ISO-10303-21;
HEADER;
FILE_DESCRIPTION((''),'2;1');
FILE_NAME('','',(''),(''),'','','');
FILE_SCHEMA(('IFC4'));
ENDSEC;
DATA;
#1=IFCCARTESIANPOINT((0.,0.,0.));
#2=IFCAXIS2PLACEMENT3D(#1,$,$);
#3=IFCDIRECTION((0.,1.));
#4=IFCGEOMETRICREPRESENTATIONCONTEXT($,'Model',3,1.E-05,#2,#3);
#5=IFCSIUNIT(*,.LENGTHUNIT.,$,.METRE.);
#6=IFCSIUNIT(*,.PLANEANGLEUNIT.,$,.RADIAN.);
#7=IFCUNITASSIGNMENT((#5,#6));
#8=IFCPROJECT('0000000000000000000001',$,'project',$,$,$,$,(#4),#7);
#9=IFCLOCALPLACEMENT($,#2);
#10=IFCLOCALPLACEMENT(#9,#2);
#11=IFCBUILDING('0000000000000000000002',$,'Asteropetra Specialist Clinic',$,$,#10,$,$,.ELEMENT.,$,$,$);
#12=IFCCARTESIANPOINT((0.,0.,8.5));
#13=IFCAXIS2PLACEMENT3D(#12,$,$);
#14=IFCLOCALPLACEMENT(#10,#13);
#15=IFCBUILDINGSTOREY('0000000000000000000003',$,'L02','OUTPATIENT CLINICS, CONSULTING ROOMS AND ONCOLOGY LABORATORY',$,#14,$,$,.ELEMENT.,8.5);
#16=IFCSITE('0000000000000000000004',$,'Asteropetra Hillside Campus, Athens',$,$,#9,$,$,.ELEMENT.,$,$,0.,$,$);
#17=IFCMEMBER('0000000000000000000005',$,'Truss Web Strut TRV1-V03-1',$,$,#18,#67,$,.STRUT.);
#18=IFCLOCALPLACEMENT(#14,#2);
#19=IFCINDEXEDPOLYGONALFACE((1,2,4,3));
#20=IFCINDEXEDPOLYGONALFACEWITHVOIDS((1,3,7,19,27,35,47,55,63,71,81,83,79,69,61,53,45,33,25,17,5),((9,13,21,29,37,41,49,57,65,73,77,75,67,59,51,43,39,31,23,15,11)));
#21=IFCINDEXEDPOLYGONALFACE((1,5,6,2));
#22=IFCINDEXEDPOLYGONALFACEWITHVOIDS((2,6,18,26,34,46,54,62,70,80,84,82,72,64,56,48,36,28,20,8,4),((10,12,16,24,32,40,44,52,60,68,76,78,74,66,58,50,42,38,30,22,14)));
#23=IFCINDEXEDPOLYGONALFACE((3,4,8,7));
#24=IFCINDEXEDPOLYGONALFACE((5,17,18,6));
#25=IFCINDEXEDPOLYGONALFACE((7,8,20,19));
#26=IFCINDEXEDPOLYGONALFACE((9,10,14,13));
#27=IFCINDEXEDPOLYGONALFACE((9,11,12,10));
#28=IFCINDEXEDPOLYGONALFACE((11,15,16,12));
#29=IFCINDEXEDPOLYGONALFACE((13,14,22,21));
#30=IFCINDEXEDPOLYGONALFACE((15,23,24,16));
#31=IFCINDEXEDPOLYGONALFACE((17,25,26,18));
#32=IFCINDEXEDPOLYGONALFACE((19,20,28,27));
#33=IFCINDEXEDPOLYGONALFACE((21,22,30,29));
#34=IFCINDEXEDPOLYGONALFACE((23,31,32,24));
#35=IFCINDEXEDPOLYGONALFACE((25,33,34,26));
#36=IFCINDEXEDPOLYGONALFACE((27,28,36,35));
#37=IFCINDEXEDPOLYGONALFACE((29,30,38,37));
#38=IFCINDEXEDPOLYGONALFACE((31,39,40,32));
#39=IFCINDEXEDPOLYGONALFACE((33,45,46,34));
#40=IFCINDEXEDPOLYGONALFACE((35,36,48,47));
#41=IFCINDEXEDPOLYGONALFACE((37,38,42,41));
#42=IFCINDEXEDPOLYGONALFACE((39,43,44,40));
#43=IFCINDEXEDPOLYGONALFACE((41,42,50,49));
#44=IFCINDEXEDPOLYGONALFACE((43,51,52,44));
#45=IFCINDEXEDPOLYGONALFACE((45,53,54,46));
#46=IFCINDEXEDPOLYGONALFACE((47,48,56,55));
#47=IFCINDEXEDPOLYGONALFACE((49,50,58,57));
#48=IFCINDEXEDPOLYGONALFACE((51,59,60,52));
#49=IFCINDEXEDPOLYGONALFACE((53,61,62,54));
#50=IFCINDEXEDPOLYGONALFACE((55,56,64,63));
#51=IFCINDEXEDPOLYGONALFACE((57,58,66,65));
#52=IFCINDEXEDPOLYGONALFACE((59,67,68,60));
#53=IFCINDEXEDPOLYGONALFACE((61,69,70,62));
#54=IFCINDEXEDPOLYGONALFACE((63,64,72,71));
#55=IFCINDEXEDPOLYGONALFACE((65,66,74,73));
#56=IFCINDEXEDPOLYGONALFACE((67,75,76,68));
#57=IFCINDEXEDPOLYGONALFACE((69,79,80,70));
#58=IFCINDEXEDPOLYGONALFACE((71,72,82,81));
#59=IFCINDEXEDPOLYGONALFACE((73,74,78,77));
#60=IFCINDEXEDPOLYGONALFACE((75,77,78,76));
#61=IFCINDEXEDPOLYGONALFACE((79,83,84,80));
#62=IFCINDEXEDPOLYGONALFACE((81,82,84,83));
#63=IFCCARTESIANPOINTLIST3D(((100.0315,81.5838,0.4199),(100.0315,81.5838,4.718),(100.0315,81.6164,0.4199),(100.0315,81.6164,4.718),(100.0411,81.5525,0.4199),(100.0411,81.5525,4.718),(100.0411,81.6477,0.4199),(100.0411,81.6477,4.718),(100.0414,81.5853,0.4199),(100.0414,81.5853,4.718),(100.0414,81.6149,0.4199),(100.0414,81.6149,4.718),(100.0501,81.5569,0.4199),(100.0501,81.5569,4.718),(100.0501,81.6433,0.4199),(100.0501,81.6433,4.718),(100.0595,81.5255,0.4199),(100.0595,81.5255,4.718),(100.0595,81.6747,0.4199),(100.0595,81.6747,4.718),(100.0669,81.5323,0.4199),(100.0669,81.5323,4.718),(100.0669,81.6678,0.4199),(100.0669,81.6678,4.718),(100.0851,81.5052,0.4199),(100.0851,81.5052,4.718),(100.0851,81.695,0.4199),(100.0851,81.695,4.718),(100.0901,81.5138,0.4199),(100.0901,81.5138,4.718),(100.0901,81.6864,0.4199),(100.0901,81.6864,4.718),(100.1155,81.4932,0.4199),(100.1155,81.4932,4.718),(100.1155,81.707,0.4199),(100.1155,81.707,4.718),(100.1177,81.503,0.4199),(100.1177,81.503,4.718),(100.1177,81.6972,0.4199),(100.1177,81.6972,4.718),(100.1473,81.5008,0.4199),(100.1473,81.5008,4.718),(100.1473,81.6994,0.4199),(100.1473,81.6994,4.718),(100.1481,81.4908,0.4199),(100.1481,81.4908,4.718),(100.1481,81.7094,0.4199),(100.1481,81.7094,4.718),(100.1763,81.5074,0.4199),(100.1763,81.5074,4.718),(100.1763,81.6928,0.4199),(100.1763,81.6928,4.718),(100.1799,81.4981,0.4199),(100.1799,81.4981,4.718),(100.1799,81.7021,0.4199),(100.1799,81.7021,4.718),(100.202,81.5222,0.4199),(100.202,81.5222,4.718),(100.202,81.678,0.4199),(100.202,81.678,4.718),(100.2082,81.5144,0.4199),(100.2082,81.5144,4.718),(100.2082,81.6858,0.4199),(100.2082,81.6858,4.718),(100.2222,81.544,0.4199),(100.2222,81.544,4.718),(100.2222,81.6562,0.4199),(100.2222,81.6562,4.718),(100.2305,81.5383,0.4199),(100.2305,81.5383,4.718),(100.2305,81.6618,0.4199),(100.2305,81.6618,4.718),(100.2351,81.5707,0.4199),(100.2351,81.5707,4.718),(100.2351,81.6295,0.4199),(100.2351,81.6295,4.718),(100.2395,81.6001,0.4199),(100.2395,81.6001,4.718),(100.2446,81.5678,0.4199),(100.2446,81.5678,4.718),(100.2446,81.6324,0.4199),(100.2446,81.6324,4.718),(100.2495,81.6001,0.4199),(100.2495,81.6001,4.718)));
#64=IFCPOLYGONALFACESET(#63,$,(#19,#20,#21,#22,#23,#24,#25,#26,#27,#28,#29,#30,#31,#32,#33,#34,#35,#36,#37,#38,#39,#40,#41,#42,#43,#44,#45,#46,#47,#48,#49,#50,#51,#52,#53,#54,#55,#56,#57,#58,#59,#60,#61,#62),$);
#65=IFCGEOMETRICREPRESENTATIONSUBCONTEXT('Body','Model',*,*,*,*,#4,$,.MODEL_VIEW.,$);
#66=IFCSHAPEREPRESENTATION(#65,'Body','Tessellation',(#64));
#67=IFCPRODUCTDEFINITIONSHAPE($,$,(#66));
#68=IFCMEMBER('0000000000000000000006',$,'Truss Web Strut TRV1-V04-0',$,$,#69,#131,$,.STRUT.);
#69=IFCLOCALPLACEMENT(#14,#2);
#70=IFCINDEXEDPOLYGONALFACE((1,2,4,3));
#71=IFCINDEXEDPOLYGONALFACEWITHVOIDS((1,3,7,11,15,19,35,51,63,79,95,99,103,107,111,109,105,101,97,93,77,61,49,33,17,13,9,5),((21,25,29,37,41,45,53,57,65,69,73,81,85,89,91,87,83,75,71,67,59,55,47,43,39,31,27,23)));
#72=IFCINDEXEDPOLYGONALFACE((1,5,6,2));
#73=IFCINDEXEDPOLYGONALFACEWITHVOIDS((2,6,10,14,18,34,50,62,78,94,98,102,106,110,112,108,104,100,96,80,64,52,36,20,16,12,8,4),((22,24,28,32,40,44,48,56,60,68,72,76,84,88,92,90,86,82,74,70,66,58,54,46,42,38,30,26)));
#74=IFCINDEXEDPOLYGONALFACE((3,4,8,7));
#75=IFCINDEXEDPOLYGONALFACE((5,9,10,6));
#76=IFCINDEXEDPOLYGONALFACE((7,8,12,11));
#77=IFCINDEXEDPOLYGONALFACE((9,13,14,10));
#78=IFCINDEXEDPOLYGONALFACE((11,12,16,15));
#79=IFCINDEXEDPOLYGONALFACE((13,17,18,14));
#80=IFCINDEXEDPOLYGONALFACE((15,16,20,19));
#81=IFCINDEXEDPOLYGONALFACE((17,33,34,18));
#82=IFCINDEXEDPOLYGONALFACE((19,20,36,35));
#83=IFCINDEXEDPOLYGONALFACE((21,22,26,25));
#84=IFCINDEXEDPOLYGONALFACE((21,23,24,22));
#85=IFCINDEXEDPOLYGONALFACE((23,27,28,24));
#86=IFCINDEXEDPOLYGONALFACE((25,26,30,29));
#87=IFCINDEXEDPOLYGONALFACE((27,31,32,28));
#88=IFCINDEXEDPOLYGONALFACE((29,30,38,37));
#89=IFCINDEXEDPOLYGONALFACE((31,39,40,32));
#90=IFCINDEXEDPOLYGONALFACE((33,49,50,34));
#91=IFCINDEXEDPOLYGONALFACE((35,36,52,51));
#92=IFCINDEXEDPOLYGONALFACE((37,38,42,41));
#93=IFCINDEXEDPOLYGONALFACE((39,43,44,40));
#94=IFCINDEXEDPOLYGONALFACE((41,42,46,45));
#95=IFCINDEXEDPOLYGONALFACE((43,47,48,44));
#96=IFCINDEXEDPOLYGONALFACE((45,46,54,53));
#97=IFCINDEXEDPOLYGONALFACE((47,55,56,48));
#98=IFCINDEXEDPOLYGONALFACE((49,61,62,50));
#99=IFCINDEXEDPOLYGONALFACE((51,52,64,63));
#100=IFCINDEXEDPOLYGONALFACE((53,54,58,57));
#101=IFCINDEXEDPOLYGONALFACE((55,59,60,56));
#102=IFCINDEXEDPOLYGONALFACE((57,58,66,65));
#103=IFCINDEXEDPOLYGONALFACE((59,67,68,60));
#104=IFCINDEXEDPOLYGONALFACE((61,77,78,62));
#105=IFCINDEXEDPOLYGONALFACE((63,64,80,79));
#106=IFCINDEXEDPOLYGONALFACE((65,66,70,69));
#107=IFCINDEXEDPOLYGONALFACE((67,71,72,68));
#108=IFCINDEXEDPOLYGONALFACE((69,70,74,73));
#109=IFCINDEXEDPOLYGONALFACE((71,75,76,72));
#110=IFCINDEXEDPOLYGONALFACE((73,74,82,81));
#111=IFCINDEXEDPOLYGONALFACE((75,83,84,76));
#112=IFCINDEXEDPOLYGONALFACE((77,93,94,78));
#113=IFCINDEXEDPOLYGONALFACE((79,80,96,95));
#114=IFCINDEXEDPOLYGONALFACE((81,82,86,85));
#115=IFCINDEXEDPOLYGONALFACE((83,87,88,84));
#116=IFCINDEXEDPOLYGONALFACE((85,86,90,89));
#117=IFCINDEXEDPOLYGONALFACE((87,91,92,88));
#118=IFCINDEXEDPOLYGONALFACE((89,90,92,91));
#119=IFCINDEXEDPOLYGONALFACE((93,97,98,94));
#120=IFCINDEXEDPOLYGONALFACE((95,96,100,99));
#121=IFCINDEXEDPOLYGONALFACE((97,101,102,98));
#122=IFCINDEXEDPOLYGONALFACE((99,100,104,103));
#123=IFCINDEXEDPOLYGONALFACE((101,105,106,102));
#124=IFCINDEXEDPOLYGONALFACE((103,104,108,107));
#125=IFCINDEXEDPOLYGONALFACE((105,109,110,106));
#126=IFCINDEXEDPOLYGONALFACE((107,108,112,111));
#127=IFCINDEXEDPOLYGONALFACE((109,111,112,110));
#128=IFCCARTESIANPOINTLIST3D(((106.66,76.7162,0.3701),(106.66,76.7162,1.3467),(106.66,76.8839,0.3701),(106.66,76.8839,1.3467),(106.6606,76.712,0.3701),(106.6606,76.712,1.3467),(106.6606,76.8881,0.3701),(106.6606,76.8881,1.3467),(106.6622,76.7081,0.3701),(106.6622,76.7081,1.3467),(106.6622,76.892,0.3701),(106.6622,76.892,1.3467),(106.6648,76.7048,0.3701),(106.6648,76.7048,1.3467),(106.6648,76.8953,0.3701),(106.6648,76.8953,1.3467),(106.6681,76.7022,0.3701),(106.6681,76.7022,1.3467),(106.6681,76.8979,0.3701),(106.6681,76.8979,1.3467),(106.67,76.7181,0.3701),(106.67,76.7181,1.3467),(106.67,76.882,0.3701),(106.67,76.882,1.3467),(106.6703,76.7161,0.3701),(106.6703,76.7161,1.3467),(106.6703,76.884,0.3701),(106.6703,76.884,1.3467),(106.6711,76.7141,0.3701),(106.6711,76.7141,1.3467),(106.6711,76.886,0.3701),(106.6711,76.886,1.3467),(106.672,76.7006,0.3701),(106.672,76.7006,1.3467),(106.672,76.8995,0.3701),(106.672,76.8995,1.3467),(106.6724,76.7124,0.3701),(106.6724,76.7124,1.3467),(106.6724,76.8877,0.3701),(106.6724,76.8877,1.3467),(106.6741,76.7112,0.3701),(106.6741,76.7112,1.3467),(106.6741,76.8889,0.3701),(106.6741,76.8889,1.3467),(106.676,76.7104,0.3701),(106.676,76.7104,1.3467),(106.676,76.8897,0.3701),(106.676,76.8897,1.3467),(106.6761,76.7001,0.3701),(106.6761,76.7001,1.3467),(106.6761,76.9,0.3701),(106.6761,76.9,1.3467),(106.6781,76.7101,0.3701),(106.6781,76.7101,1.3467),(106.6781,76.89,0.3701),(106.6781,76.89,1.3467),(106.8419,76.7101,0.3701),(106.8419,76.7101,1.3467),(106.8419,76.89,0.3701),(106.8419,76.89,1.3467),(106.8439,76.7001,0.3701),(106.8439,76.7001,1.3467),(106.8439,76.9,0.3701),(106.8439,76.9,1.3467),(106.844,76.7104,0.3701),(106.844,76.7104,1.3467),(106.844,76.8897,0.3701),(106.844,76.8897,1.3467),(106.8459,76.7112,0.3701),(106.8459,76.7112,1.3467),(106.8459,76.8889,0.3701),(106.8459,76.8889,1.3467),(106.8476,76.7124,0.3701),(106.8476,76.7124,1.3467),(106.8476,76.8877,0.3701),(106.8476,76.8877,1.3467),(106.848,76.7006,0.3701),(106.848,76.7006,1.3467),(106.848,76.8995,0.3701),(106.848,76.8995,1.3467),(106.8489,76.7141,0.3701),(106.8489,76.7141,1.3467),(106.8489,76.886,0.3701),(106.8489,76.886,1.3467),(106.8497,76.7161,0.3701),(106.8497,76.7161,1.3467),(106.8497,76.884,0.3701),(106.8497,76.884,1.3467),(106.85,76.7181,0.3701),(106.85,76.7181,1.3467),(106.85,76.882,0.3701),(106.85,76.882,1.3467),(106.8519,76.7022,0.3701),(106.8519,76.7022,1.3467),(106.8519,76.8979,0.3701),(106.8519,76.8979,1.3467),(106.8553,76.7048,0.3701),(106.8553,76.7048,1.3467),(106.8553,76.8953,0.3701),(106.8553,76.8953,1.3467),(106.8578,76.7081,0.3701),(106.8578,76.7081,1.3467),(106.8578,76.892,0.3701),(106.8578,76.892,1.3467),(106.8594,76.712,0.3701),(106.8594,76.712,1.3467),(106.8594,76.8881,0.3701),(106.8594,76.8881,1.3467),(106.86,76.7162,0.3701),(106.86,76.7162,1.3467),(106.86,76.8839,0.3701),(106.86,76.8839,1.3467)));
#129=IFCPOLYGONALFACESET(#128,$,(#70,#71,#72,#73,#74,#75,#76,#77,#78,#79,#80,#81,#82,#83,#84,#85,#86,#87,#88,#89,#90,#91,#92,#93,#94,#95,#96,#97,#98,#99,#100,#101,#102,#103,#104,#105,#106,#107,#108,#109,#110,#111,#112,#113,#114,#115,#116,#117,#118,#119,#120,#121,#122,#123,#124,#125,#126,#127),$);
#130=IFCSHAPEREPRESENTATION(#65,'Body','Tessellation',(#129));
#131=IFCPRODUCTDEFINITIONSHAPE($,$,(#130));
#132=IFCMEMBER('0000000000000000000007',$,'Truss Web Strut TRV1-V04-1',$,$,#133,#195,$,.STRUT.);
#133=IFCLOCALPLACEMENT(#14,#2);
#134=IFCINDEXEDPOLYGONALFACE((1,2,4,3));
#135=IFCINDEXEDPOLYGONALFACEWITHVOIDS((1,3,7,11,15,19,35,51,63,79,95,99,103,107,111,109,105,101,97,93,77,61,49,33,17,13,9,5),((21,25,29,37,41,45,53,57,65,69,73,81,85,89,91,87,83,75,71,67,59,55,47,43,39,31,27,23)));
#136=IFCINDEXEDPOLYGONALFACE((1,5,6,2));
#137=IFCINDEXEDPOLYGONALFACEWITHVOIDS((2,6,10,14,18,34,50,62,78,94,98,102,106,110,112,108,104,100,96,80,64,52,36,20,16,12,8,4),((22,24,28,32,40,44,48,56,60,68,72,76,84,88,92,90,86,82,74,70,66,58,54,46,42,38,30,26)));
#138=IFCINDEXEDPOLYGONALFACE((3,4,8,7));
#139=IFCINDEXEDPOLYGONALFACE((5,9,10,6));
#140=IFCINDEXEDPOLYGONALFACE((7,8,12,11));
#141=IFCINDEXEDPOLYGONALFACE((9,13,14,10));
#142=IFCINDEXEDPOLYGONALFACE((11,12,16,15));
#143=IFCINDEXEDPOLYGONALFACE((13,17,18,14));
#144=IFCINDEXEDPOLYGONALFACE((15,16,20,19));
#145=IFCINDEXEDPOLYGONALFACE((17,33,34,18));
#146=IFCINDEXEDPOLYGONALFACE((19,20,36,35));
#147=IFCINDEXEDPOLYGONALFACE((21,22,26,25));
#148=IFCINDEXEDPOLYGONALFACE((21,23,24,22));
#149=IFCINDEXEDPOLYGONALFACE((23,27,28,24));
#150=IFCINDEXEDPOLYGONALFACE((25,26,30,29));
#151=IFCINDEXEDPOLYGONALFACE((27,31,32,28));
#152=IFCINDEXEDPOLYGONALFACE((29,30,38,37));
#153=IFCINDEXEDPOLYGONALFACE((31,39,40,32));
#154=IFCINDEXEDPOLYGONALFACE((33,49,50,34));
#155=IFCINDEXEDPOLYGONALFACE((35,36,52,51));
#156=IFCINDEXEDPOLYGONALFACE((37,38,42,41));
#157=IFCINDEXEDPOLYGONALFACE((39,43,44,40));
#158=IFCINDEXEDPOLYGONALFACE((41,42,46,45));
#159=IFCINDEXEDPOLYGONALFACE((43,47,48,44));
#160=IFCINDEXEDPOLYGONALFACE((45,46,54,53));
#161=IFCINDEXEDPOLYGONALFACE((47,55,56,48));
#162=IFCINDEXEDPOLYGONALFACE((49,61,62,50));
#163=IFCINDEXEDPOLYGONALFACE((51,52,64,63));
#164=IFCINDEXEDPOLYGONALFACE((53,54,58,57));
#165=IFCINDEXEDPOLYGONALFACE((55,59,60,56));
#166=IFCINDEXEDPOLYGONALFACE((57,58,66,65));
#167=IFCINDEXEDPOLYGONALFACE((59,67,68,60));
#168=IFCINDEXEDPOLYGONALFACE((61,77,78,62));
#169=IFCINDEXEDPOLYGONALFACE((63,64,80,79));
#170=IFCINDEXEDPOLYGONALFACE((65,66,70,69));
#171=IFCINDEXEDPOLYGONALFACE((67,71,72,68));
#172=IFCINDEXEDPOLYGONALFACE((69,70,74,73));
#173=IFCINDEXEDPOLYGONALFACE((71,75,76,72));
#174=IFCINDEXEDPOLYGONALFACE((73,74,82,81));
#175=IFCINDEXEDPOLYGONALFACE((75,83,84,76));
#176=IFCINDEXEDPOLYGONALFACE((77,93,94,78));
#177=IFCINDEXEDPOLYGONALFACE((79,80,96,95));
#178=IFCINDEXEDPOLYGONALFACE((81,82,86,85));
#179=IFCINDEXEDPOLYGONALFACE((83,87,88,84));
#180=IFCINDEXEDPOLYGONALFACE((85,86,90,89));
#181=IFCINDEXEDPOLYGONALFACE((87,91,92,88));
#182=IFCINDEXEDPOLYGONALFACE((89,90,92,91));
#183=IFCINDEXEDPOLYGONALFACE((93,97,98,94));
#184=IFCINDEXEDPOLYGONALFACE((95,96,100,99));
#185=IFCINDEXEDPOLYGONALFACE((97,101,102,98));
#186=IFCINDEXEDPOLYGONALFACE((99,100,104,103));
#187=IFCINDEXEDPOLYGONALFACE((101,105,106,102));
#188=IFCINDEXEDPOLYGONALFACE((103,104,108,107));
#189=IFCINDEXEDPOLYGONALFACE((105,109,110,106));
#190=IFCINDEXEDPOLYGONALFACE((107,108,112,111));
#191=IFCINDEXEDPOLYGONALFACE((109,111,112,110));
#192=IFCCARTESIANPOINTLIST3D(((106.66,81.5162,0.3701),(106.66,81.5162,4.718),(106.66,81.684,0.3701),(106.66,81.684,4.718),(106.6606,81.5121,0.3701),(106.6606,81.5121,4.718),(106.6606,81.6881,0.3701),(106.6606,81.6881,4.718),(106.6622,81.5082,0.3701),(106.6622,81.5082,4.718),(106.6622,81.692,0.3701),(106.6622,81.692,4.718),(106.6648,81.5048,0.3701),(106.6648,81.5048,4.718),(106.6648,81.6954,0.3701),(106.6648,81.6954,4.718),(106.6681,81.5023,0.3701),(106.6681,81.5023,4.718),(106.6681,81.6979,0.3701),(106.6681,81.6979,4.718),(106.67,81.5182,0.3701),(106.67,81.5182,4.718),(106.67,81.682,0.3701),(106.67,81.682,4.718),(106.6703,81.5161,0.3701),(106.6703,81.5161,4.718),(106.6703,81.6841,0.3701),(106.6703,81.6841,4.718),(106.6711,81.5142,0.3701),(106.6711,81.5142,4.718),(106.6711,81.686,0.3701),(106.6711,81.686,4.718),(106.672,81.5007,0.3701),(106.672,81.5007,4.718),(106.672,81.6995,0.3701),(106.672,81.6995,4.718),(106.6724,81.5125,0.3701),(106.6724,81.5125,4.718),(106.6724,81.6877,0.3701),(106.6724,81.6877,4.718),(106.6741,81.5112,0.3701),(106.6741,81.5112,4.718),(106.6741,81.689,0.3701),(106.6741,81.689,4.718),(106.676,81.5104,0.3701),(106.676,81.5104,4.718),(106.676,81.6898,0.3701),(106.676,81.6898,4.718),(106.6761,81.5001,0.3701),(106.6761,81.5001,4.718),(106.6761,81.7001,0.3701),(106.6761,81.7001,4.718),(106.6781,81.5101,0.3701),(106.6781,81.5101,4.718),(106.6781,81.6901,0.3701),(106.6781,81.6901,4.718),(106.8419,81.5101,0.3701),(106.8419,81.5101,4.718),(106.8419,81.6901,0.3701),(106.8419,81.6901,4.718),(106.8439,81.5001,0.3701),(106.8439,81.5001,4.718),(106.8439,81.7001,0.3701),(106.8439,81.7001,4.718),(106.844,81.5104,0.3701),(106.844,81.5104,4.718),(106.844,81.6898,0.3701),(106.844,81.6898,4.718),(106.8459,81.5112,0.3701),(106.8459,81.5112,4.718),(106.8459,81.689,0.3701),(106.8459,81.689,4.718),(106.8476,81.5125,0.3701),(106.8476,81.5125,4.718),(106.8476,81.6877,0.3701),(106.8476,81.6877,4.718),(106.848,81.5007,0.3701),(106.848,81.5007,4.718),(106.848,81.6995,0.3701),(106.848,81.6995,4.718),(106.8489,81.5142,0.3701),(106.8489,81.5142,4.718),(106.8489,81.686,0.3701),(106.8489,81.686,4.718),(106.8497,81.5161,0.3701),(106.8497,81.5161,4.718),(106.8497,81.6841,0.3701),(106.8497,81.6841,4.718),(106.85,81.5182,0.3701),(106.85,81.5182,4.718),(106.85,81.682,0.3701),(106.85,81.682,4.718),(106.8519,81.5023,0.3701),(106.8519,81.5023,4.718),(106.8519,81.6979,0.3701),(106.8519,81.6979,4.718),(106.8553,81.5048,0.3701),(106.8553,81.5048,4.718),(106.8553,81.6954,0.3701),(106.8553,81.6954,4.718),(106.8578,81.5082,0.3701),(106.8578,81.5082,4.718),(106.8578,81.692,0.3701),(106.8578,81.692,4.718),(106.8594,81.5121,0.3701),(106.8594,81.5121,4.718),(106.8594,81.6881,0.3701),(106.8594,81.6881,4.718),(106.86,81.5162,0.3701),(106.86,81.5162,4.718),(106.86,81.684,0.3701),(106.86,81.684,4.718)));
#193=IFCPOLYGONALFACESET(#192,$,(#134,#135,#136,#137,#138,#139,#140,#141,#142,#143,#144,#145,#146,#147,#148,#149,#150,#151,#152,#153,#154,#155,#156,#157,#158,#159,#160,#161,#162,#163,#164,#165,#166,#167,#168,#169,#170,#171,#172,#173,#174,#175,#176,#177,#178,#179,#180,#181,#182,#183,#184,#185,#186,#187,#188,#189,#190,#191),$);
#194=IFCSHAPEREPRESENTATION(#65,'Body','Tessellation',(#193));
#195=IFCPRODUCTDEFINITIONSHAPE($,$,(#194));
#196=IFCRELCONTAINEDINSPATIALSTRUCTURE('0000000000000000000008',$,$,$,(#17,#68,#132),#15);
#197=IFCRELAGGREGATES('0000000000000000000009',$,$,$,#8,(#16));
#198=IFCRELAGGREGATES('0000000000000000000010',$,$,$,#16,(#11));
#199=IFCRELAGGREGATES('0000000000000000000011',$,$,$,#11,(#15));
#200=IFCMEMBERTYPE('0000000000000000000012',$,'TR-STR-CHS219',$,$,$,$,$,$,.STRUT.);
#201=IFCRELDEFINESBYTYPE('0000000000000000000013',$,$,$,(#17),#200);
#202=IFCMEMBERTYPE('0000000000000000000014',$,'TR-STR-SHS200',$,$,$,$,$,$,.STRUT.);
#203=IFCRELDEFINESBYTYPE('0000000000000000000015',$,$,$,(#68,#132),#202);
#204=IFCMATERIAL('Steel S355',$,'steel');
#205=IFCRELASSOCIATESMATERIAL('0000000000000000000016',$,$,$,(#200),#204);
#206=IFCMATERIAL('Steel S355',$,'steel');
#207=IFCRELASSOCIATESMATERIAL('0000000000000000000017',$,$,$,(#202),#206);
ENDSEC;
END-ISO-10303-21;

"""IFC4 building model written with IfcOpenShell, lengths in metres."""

from ifc_helpers import new_model, si_unit, direction, frame, origin, origin_2d, place, context, subcontext, project, spatial, hollow_rectangle, hollow_circle, extrude, material, material_profile, profile_set, type_object, element, save


model = new_model("IFC4")

# Units and contexts
model_context = context("Model", 3, precision=1e-05, world=origin(), true_north=direction((0.0, 1.0)))
body_context = subcontext(model_context, "Body", "Model", "MODEL_VIEW")
ifc_project = project(units=[si_unit("LENGTHUNIT", "METRE"), si_unit("PLANEANGLEUNIT", "RADIAN")], contexts=[model_context])

# Site, building, storey
site_placement = place(None, origin())
site = spatial("IfcSite", under=ifc_project, at=site_placement, Name="Asteropetra Hillside Campus, Athens", CompositionType="ELEMENT", RefElevation=0.0)
building_placement = place(site_placement, origin())
building = spatial("IfcBuilding", under=site, at=building_placement, Name="Asteropetra Specialist Clinic", CompositionType="ELEMENT")
storey_placement = place(building_placement, frame((0.0, 0.0, 8.5)))
storey = spatial("IfcBuildingStorey", under=building, at=storey_placement, Name="L02", Description="OUTPATIENT CLINICS, CONSULTING ROOMS AND ONCOLOGY LABORATORY", CompositionType="ELEMENT", Elevation=8.5)

# Members
ifc_material_1 = material(Name="Steel S355", Category="steel")
ifc_material_profile_1 = material_profile(ifc_material_1, hollow_circle(Radius=0.1096, WallThickness=0.01, at=origin_2d()), Name="CHS 219.1x10.0")
ifc_profile_set_1 = profile_set([ifc_material_profile_1], Name="Steel S355")
member_type_1 = type_object("IfcMemberType", Name="TR-STR-CHS219", PredefinedType="STRUT", material=ifc_profile_set_1)
member_1_placement = place(storey_placement, frame((100.1399, 81.6001, 0.4199), z_axis=(0.0, 0.0, 1.0), x_axis=(1.0, 0.0, 0.0)))
element("IfcMember", 1, at=member_1_placement, inside=storey, type_object=member_type_1, Name="Truss Web Strut TRV1-V03-1", PredefinedType="STRUT", context=body_context, shape_type="SweptSolid", body=[
    extrude(hollow_circle(Radius=0.1096, WallThickness=0.01, at=origin_2d()), origin(), (0.0, 0.0, 1.0), 4.2981),
])
ifc_material_2 = material(Name="Steel S355", Category="steel")
ifc_material_profile_2 = material_profile(ifc_material_2, hollow_rectangle(XDim=0.2, YDim=0.2, WallThickness=0.01, InnerFilletRadius=0.0081, OuterFilletRadius=0.0161, at=origin_2d()), Name="SHS 200x200x10.0")
ifc_profile_set_2 = profile_set([ifc_material_profile_2], Name="Steel S355")
member_type_2 = type_object("IfcMemberType", Name="TR-STR-SHS200", PredefinedType="STRUT", material=ifc_profile_set_2)
member_2_placement = place(storey_placement, frame((106.76, 76.8, 0.3701), z_axis=(0.0, 0.0, 1.0), x_axis=(1.0, 0.0, 0.0)))
element("IfcMember", 2, at=member_2_placement, inside=storey, type_object=member_type_2, Name="Truss Web Strut TRV1-V04-0", PredefinedType="STRUT", context=body_context, shape_type="SweptSolid", body=[
    extrude(hollow_rectangle(XDim=0.2, YDim=0.2, WallThickness=0.01, InnerFilletRadius=0.0081, OuterFilletRadius=0.0161, at=origin_2d()), origin(), (0.0, 0.0, 1.0), 0.9766),
])
member_3_placement = place(storey_placement, frame((106.76, 81.6001, 0.3701), z_axis=(0.0, 0.0, 1.0), x_axis=(1.0, 0.0, 0.0)))
element("IfcMember", 3, at=member_3_placement, inside=storey, type_object=member_type_2, Name="Truss Web Strut TRV1-V04-1", PredefinedType="STRUT", context=body_context, shape_type="SweptSolid", body=[
    extrude(hollow_rectangle(XDim=0.2, YDim=0.2, WallThickness=0.01, InnerFilletRadius=0.0081, OuterFilletRadius=0.0161, at=origin_2d()), origin(), (0.0, 0.0, 1.0), 4.3479),
])

save(model, "model.ifc")
